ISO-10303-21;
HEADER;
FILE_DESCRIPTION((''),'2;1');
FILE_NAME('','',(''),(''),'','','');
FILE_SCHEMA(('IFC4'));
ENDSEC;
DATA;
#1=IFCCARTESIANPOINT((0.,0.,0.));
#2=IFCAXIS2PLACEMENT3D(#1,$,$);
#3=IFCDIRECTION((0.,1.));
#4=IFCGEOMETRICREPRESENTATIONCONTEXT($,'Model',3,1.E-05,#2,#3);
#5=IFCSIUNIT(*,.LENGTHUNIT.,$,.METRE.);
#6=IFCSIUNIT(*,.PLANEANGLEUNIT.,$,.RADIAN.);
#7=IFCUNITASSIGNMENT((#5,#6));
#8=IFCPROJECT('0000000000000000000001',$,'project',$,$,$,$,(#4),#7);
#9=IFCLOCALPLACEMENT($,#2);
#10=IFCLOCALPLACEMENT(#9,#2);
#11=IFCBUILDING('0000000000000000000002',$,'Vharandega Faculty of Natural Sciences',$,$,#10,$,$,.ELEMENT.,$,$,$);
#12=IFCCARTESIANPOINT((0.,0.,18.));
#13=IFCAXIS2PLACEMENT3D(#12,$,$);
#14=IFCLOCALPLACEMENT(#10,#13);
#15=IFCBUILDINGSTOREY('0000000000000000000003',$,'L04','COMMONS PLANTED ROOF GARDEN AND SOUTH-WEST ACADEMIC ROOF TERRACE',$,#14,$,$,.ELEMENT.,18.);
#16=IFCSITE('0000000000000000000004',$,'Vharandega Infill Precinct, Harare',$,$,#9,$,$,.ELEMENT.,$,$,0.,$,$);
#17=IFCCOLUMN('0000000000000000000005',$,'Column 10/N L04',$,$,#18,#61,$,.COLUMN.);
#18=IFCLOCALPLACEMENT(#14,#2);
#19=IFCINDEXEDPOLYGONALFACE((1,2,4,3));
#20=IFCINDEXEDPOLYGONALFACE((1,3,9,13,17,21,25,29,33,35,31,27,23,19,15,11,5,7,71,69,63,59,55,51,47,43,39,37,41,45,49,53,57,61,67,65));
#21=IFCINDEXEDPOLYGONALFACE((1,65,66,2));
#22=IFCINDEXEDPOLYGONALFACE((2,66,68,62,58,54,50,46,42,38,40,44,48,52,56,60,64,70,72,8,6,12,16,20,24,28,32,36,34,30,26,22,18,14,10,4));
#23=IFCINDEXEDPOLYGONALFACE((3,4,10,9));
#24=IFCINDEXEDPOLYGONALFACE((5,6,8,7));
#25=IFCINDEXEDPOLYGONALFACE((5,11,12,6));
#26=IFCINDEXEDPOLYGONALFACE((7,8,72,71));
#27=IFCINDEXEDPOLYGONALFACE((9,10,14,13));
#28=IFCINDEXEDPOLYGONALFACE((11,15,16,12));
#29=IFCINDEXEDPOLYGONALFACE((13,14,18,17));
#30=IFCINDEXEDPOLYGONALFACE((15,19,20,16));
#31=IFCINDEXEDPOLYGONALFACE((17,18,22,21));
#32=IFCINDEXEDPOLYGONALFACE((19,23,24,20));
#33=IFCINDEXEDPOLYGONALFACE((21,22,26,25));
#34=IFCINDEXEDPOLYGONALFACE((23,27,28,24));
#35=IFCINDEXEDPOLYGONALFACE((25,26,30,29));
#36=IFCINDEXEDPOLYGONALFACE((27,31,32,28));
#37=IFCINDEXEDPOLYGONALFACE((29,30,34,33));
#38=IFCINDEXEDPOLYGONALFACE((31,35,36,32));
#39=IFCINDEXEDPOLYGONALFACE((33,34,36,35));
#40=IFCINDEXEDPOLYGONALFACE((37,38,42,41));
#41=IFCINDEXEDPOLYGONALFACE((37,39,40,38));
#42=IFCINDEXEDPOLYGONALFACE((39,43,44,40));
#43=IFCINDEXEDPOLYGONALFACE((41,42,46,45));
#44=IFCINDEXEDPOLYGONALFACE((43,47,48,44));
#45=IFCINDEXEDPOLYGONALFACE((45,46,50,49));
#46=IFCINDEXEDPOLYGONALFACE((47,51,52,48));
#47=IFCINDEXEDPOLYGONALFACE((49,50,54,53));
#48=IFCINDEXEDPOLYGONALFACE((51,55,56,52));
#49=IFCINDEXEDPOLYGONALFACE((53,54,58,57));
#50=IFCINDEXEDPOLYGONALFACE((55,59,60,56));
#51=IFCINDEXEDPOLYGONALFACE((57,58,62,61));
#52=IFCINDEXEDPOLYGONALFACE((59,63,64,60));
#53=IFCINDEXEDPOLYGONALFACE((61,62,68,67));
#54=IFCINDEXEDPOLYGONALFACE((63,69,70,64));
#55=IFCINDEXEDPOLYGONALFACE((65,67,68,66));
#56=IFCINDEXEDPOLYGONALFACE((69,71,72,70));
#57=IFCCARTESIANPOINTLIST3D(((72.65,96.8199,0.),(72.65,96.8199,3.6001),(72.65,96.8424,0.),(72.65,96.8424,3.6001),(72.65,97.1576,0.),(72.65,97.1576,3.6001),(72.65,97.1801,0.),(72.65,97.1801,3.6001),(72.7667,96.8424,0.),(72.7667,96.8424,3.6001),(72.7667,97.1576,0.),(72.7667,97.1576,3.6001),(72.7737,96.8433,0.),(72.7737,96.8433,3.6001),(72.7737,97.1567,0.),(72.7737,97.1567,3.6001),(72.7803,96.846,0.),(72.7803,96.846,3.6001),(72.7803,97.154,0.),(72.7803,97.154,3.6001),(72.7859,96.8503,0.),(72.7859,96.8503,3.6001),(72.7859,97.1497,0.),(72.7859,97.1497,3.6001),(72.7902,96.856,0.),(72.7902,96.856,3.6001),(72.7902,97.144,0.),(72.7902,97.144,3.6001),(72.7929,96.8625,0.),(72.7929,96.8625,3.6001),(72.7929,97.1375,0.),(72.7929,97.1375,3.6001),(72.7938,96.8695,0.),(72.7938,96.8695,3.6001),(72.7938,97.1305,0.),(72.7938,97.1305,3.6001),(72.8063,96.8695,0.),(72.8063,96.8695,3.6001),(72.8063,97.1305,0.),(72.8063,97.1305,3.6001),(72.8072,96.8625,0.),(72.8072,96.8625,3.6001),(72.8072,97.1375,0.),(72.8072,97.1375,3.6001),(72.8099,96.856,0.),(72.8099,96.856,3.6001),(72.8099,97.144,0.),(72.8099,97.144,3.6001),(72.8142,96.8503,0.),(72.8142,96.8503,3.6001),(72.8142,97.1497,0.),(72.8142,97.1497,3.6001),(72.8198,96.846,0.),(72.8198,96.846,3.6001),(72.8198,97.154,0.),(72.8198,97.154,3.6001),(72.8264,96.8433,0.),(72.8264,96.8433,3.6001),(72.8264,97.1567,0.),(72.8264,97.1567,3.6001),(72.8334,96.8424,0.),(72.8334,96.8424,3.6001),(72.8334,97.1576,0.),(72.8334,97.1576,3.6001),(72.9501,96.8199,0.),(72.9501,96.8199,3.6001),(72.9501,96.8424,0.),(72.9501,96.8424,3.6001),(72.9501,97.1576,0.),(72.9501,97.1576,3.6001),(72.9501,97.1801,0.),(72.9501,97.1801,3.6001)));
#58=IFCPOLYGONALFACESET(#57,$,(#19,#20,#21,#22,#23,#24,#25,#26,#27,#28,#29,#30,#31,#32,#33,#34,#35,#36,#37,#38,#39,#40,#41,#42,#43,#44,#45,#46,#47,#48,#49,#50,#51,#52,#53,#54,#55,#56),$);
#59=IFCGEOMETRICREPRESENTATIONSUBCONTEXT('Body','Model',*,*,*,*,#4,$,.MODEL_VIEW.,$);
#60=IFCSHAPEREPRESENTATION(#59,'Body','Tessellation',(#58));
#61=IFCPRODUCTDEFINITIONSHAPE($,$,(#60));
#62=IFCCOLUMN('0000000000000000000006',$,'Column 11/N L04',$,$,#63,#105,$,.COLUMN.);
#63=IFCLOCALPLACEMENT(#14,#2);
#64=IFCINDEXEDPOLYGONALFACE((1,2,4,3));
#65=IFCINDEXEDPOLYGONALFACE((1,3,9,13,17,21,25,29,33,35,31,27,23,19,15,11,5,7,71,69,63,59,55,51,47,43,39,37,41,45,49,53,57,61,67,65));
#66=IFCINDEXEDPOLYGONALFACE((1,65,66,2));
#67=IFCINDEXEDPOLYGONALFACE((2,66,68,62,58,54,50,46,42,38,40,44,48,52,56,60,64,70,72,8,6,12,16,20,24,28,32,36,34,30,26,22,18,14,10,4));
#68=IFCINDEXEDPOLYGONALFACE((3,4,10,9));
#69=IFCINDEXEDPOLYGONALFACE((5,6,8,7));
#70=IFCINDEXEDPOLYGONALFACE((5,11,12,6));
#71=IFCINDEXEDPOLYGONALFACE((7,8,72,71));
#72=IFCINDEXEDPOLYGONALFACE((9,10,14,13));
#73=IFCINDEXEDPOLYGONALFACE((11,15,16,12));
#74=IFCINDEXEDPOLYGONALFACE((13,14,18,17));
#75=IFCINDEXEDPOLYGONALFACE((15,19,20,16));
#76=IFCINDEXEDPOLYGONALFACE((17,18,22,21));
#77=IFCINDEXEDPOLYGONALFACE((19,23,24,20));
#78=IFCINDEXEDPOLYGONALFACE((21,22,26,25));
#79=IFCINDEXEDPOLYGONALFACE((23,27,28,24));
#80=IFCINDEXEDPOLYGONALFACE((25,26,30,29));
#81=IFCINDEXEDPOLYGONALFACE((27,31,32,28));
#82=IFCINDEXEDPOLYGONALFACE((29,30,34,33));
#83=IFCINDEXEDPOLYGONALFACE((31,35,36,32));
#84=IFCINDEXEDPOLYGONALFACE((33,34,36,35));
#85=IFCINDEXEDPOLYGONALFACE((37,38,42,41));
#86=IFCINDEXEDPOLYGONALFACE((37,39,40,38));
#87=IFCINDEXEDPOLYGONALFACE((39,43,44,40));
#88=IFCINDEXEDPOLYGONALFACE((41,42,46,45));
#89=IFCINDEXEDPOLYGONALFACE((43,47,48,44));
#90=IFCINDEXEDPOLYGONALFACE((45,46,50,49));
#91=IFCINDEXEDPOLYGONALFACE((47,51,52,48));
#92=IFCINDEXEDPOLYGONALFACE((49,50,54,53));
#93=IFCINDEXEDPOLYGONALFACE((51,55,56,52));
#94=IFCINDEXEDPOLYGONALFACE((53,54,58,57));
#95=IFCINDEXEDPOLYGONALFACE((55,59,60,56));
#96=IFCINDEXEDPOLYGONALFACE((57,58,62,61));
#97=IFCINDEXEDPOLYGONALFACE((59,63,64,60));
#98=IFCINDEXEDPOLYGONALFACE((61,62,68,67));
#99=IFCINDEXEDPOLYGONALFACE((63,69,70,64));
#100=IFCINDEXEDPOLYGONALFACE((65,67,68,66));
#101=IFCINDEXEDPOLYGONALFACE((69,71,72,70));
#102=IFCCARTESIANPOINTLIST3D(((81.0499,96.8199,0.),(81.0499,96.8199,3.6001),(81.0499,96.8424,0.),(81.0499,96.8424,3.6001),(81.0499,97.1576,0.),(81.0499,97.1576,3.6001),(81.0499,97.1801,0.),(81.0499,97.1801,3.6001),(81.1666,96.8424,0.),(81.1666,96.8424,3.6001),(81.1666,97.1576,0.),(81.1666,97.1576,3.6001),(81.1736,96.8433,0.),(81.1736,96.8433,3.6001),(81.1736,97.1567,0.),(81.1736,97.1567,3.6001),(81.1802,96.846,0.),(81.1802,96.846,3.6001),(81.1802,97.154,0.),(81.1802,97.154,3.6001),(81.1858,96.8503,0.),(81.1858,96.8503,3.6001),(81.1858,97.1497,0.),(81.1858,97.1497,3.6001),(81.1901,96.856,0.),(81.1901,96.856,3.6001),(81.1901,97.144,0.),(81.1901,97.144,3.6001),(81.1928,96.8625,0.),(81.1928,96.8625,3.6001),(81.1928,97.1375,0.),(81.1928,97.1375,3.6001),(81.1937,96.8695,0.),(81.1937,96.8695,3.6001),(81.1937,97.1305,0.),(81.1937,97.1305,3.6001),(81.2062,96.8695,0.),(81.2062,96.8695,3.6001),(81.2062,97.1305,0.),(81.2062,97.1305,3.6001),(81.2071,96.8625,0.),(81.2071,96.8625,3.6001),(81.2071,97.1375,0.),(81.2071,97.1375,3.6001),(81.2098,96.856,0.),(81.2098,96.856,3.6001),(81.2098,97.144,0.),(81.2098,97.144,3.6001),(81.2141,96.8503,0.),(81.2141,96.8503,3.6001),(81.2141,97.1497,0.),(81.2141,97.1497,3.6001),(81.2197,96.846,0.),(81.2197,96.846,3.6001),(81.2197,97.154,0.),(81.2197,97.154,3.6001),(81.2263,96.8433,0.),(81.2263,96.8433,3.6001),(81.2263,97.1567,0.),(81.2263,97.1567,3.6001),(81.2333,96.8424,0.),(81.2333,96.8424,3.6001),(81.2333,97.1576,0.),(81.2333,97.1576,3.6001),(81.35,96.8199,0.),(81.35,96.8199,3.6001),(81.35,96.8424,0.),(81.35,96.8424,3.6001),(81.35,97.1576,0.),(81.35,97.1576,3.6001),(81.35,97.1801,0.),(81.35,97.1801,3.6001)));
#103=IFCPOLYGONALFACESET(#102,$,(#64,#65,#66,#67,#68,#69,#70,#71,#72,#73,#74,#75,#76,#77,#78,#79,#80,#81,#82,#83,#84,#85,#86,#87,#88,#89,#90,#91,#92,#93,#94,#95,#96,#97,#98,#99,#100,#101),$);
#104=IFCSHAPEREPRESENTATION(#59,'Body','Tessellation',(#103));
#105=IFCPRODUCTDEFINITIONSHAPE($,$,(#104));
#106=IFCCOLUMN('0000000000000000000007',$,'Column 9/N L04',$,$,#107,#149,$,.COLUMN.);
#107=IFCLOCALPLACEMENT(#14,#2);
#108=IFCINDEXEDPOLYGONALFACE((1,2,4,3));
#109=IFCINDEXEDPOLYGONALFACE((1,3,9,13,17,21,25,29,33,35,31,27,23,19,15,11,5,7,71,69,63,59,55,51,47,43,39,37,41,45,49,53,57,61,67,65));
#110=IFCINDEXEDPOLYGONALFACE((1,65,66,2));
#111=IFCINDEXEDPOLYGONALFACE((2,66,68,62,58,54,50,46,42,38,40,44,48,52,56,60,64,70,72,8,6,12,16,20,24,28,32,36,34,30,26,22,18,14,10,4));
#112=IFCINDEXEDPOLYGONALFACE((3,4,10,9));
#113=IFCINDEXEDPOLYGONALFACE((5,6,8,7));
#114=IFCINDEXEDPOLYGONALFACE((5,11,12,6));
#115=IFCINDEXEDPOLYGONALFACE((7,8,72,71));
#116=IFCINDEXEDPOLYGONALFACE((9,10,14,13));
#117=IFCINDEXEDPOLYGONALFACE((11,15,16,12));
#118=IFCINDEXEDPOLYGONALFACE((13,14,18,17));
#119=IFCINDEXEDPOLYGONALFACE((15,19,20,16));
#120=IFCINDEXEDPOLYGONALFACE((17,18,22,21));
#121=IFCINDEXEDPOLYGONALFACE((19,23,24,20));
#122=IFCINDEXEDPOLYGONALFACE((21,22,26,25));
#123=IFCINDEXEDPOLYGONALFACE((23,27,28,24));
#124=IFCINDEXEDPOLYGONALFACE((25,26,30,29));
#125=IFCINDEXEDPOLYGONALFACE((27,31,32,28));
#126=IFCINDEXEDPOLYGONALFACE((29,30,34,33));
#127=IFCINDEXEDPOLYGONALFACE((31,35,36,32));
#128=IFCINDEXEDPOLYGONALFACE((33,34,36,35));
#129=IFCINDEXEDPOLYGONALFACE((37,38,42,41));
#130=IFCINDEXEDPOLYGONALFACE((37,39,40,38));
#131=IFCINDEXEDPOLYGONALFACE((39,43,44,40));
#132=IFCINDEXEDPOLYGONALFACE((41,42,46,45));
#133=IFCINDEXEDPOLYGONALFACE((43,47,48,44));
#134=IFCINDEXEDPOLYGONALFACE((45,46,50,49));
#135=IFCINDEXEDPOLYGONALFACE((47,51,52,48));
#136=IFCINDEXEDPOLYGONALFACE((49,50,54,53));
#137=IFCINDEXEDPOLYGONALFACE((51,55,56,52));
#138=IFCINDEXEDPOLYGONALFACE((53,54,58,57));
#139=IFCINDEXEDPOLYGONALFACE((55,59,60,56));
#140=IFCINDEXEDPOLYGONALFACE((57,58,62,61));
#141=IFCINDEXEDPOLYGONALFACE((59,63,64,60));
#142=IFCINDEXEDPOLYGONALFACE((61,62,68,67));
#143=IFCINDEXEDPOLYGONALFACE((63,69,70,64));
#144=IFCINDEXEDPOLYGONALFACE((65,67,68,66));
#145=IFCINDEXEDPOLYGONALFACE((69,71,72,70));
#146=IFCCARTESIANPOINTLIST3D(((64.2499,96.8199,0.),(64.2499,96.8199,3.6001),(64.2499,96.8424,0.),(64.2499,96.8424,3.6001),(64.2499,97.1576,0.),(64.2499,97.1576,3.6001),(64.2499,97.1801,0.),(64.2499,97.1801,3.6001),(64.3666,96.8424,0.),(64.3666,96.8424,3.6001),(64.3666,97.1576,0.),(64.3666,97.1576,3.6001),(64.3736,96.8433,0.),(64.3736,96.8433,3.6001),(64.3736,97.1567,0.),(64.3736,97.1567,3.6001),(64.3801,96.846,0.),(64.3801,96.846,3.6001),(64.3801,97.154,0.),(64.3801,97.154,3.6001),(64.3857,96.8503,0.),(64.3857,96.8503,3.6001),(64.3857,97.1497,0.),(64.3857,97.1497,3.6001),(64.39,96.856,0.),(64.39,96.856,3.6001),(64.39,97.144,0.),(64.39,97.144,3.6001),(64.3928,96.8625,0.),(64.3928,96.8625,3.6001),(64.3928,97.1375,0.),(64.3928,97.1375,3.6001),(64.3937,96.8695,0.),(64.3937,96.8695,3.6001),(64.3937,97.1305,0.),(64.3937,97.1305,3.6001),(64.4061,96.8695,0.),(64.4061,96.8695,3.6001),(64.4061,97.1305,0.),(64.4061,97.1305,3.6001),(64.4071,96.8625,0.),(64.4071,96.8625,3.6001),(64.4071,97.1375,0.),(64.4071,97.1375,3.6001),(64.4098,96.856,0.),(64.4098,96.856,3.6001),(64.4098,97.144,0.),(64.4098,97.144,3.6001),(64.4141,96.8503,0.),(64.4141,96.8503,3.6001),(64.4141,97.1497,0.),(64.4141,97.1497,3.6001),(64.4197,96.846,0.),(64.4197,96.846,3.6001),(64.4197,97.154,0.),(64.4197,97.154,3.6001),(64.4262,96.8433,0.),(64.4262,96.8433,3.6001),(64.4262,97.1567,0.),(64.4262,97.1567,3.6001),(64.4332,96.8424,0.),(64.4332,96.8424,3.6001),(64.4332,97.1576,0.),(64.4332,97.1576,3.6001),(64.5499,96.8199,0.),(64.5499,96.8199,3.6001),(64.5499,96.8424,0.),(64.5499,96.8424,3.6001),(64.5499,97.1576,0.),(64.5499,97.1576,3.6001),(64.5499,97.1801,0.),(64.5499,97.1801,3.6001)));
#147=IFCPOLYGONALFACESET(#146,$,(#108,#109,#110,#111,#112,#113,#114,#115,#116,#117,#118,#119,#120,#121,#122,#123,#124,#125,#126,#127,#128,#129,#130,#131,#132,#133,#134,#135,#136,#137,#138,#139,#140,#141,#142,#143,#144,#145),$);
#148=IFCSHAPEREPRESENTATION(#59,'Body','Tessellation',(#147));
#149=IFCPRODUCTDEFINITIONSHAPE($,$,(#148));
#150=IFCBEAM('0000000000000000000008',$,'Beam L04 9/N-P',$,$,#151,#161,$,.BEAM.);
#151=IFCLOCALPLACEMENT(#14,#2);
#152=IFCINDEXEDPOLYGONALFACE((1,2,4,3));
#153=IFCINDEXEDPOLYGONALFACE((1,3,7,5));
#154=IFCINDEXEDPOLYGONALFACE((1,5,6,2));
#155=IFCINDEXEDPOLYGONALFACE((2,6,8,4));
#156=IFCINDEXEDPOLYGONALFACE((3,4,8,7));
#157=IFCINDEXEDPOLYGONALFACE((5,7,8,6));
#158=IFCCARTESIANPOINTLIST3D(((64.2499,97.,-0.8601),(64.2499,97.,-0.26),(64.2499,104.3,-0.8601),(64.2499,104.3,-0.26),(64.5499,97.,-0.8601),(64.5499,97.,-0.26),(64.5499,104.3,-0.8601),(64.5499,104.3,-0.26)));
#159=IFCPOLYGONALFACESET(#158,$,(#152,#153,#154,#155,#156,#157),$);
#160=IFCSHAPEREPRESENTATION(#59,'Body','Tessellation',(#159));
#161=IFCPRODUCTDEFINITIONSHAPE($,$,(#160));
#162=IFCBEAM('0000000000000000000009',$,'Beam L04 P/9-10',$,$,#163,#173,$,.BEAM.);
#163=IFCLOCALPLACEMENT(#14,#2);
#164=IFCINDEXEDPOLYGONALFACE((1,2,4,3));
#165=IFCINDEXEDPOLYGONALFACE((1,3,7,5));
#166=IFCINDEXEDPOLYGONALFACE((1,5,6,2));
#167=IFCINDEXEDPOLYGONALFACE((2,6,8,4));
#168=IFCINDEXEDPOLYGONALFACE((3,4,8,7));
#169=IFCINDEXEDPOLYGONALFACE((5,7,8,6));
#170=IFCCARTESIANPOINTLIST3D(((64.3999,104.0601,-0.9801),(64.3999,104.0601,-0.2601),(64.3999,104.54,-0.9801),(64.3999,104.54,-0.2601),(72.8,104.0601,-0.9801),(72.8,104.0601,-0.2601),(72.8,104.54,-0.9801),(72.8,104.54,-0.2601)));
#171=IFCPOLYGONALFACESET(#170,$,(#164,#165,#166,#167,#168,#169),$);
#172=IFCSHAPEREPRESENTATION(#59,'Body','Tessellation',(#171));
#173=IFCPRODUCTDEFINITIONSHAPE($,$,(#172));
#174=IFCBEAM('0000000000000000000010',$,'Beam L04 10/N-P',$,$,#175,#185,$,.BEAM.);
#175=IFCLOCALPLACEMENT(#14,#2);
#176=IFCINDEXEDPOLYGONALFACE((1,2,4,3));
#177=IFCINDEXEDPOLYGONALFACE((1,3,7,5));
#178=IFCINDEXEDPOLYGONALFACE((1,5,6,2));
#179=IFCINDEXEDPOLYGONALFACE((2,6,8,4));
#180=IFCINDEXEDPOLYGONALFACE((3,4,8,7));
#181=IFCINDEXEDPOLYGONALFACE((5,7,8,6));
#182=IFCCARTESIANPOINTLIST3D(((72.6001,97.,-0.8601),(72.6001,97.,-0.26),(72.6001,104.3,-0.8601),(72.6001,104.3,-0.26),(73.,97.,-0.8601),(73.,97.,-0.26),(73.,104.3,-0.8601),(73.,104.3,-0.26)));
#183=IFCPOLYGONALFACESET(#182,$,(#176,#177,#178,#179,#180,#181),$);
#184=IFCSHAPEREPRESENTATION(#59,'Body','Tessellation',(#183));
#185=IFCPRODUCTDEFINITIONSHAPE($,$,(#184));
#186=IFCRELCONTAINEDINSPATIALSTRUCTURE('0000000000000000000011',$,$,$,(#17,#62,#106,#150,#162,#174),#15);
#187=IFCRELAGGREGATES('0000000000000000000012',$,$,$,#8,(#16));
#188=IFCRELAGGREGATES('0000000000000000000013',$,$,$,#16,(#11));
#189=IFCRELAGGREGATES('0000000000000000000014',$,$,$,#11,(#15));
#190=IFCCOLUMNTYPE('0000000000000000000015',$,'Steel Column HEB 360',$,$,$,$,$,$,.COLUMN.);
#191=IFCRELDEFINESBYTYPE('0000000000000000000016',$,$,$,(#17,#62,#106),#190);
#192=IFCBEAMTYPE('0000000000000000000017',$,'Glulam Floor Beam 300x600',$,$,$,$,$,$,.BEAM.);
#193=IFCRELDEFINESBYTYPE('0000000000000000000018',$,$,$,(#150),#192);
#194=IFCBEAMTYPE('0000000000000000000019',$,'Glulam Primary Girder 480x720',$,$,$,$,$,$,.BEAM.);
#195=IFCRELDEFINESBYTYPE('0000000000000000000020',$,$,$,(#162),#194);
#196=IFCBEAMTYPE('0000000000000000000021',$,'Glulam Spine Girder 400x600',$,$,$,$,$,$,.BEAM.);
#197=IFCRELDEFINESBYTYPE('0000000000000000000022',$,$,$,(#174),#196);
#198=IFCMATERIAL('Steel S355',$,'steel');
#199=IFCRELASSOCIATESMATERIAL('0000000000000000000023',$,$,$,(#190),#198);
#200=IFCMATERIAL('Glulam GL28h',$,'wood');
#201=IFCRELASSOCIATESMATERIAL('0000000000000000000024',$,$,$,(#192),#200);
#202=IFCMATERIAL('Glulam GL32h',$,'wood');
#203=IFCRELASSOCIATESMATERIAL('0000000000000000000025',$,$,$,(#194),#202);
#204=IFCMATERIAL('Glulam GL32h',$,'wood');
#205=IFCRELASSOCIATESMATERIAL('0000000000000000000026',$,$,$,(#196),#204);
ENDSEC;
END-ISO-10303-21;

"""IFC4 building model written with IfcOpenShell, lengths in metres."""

from ifc_helpers import new_model, si_unit, direction, frame, origin, origin_2d, place, context, subcontext, project, spatial, rectangle, i_section, extrude, material, material_profile, profile_set, type_object, element, save


model = new_model("IFC4")

# Units and contexts
model_context = context("Model", 3, precision=1e-05, world=origin(), true_north=direction((0.0, 1.0)))
body_context = subcontext(model_context, "Body", "Model", "MODEL_VIEW")
ifc_project = project(units=[si_unit("LENGTHUNIT", "METRE"), si_unit("PLANEANGLEUNIT", "RADIAN")], contexts=[model_context])

# Site, building, storey
site_placement = place(None, origin())
site = spatial("IfcSite", under=ifc_project, at=site_placement, Name="Vharandega Infill Precinct, Harare", CompositionType="ELEMENT", RefElevation=0.0)
building_placement = place(site_placement, origin())
building = spatial("IfcBuilding", under=site, at=building_placement, Name="Vharandega Faculty of Natural Sciences", CompositionType="ELEMENT")
storey_placement = place(building_placement, frame((0.0, 0.0, 18.0)))
storey = spatial("IfcBuildingStorey", under=building, at=storey_placement, Name="L04", Description="COMMONS PLANTED ROOF GARDEN AND SOUTH-WEST ACADEMIC ROOF TERRACE", CompositionType="ELEMENT", Elevation=18.0)

# Columns
ifc_material_1 = material(Name="Steel S355", Category="steel")
ifc_material_profile_1 = material_profile(ifc_material_1, i_section(OverallWidth=0.3, OverallDepth=0.3601, WebThickness=0.0125, FlangeThickness=0.0225, FilletRadius=0.0271, at=origin_2d()), Name="HEB 360")
ifc_profile_set_1 = profile_set([ifc_material_profile_1], Name="Steel S355")
column_type = type_object("IfcColumnType", Name="Steel Column HEB 360", PredefinedType="COLUMN", material=ifc_profile_set_1)
for number, where, z_axis, x_axis, name in (
    (1, (72.8, 97.0, 0.0), (0.0, 0.0, 1.0), (1.0, 0.0, 0.0), "Column 10/N L04"),
    (2, (81.2, 97.0, 0.0), (0.0, 0.0, 1.0), (1.0, 0.0, 0.0), "Column 11/N L04"),
    (3, (64.3999, 97.0, 0.0), (0.0, 0.0, 1.0), (1.0, 0.0, 0.0), "Column 9/N L04"),
):
    element("IfcColumn", number, at=place(storey_placement, frame(where, z_axis=z_axis, x_axis=x_axis)), inside=storey, type_object=column_type, Name=name, PredefinedType="COLUMN", context=body_context, shape_type="SweptSolid", body=[
        extrude(i_section(OverallWidth=0.3, OverallDepth=0.3601, WebThickness=0.0125, FlangeThickness=0.0225, FilletRadius=0.0271, at=origin_2d()), origin(), (0.0, 0.0, 1.0), 3.6001),
    ])

# Beams
ifc_material_2 = material(Name="Glulam GL28h", Category="wood")
ifc_material_profile_2 = material_profile(ifc_material_2, rectangle(XDim=0.3, YDim=0.6001, at=origin_2d()), Name="GL28h 300x600")
ifc_profile_set_2 = profile_set([ifc_material_profile_2], Name="Glulam GL28h")
beam_type_1 = type_object("IfcBeamType", Name="Glulam Floor Beam 300x600", PredefinedType="BEAM", material=ifc_profile_set_2)
beam_1_placement = place(storey_placement, frame((64.3999, 97.0, -0.5601), z_axis=(0.0, 1.0, 0.0), x_axis=(-1.0, 0.0, 0.0)))
element("IfcBeam", 4, at=beam_1_placement, inside=storey, type_object=beam_type_1, Name="Beam L04 9/N-P", PredefinedType="BEAM", context=body_context, shape_type="SweptSolid", body=[
    extrude(rectangle(XDim=0.3, YDim=0.6001, at=origin_2d()), origin(), (0.0, 0.0, 1.0), 7.3),
])
ifc_material_3 = material(Name="Glulam GL32h", Category="wood")
ifc_material_profile_3 = material_profile(ifc_material_3, rectangle(XDim=0.48, YDim=0.72, at=origin_2d()), Name="GL32h 480x720")
ifc_profile_set_3 = profile_set([ifc_material_profile_3], Name="Glulam GL32h")
beam_type_2 = type_object("IfcBeamType", Name="Glulam Primary Girder 480x720", PredefinedType="BEAM", material=ifc_profile_set_3)
beam_2_placement = place(storey_placement, frame((64.3999, 104.3, -0.6201), z_axis=(1.0, 0.0, 0.0), x_axis=(0.0, 1.0, 0.0)))
element("IfcBeam", 5, at=beam_2_placement, inside=storey, type_object=beam_type_2, Name="Beam L04 P/9-10", PredefinedType="BEAM", context=body_context, shape_type="SweptSolid", body=[
    extrude(rectangle(XDim=0.48, YDim=0.72, at=origin_2d()), origin(), (0.0, 0.0, 1.0), 8.4001),
])
ifc_material_4 = material(Name="Glulam GL32h", Category="wood")
ifc_material_profile_4 = material_profile(ifc_material_4, rectangle(XDim=0.3999, YDim=0.6001, at=origin_2d()), Name="GL32h 400x600")
ifc_profile_set_4 = profile_set([ifc_material_profile_4], Name="Glulam GL32h")
beam_type_3 = type_object("IfcBeamType", Name="Glulam Spine Girder 400x600", PredefinedType="BEAM", material=ifc_profile_set_4)
beam_3_placement = place(storey_placement, frame((72.8, 97.0, -0.5601), z_axis=(0.0, 1.0, 0.0), x_axis=(-1.0, 0.0, 0.0)))
element("IfcBeam", 6, at=beam_3_placement, inside=storey, type_object=beam_type_3, Name="Beam L04 10/N-P", PredefinedType="BEAM", context=body_context, shape_type="SweptSolid", body=[
    extrude(rectangle(XDim=0.3999, YDim=0.6001, at=origin_2d()), origin(), (0.0, 0.0, 1.0), 7.3),
])

save(model, "model.ifc")
